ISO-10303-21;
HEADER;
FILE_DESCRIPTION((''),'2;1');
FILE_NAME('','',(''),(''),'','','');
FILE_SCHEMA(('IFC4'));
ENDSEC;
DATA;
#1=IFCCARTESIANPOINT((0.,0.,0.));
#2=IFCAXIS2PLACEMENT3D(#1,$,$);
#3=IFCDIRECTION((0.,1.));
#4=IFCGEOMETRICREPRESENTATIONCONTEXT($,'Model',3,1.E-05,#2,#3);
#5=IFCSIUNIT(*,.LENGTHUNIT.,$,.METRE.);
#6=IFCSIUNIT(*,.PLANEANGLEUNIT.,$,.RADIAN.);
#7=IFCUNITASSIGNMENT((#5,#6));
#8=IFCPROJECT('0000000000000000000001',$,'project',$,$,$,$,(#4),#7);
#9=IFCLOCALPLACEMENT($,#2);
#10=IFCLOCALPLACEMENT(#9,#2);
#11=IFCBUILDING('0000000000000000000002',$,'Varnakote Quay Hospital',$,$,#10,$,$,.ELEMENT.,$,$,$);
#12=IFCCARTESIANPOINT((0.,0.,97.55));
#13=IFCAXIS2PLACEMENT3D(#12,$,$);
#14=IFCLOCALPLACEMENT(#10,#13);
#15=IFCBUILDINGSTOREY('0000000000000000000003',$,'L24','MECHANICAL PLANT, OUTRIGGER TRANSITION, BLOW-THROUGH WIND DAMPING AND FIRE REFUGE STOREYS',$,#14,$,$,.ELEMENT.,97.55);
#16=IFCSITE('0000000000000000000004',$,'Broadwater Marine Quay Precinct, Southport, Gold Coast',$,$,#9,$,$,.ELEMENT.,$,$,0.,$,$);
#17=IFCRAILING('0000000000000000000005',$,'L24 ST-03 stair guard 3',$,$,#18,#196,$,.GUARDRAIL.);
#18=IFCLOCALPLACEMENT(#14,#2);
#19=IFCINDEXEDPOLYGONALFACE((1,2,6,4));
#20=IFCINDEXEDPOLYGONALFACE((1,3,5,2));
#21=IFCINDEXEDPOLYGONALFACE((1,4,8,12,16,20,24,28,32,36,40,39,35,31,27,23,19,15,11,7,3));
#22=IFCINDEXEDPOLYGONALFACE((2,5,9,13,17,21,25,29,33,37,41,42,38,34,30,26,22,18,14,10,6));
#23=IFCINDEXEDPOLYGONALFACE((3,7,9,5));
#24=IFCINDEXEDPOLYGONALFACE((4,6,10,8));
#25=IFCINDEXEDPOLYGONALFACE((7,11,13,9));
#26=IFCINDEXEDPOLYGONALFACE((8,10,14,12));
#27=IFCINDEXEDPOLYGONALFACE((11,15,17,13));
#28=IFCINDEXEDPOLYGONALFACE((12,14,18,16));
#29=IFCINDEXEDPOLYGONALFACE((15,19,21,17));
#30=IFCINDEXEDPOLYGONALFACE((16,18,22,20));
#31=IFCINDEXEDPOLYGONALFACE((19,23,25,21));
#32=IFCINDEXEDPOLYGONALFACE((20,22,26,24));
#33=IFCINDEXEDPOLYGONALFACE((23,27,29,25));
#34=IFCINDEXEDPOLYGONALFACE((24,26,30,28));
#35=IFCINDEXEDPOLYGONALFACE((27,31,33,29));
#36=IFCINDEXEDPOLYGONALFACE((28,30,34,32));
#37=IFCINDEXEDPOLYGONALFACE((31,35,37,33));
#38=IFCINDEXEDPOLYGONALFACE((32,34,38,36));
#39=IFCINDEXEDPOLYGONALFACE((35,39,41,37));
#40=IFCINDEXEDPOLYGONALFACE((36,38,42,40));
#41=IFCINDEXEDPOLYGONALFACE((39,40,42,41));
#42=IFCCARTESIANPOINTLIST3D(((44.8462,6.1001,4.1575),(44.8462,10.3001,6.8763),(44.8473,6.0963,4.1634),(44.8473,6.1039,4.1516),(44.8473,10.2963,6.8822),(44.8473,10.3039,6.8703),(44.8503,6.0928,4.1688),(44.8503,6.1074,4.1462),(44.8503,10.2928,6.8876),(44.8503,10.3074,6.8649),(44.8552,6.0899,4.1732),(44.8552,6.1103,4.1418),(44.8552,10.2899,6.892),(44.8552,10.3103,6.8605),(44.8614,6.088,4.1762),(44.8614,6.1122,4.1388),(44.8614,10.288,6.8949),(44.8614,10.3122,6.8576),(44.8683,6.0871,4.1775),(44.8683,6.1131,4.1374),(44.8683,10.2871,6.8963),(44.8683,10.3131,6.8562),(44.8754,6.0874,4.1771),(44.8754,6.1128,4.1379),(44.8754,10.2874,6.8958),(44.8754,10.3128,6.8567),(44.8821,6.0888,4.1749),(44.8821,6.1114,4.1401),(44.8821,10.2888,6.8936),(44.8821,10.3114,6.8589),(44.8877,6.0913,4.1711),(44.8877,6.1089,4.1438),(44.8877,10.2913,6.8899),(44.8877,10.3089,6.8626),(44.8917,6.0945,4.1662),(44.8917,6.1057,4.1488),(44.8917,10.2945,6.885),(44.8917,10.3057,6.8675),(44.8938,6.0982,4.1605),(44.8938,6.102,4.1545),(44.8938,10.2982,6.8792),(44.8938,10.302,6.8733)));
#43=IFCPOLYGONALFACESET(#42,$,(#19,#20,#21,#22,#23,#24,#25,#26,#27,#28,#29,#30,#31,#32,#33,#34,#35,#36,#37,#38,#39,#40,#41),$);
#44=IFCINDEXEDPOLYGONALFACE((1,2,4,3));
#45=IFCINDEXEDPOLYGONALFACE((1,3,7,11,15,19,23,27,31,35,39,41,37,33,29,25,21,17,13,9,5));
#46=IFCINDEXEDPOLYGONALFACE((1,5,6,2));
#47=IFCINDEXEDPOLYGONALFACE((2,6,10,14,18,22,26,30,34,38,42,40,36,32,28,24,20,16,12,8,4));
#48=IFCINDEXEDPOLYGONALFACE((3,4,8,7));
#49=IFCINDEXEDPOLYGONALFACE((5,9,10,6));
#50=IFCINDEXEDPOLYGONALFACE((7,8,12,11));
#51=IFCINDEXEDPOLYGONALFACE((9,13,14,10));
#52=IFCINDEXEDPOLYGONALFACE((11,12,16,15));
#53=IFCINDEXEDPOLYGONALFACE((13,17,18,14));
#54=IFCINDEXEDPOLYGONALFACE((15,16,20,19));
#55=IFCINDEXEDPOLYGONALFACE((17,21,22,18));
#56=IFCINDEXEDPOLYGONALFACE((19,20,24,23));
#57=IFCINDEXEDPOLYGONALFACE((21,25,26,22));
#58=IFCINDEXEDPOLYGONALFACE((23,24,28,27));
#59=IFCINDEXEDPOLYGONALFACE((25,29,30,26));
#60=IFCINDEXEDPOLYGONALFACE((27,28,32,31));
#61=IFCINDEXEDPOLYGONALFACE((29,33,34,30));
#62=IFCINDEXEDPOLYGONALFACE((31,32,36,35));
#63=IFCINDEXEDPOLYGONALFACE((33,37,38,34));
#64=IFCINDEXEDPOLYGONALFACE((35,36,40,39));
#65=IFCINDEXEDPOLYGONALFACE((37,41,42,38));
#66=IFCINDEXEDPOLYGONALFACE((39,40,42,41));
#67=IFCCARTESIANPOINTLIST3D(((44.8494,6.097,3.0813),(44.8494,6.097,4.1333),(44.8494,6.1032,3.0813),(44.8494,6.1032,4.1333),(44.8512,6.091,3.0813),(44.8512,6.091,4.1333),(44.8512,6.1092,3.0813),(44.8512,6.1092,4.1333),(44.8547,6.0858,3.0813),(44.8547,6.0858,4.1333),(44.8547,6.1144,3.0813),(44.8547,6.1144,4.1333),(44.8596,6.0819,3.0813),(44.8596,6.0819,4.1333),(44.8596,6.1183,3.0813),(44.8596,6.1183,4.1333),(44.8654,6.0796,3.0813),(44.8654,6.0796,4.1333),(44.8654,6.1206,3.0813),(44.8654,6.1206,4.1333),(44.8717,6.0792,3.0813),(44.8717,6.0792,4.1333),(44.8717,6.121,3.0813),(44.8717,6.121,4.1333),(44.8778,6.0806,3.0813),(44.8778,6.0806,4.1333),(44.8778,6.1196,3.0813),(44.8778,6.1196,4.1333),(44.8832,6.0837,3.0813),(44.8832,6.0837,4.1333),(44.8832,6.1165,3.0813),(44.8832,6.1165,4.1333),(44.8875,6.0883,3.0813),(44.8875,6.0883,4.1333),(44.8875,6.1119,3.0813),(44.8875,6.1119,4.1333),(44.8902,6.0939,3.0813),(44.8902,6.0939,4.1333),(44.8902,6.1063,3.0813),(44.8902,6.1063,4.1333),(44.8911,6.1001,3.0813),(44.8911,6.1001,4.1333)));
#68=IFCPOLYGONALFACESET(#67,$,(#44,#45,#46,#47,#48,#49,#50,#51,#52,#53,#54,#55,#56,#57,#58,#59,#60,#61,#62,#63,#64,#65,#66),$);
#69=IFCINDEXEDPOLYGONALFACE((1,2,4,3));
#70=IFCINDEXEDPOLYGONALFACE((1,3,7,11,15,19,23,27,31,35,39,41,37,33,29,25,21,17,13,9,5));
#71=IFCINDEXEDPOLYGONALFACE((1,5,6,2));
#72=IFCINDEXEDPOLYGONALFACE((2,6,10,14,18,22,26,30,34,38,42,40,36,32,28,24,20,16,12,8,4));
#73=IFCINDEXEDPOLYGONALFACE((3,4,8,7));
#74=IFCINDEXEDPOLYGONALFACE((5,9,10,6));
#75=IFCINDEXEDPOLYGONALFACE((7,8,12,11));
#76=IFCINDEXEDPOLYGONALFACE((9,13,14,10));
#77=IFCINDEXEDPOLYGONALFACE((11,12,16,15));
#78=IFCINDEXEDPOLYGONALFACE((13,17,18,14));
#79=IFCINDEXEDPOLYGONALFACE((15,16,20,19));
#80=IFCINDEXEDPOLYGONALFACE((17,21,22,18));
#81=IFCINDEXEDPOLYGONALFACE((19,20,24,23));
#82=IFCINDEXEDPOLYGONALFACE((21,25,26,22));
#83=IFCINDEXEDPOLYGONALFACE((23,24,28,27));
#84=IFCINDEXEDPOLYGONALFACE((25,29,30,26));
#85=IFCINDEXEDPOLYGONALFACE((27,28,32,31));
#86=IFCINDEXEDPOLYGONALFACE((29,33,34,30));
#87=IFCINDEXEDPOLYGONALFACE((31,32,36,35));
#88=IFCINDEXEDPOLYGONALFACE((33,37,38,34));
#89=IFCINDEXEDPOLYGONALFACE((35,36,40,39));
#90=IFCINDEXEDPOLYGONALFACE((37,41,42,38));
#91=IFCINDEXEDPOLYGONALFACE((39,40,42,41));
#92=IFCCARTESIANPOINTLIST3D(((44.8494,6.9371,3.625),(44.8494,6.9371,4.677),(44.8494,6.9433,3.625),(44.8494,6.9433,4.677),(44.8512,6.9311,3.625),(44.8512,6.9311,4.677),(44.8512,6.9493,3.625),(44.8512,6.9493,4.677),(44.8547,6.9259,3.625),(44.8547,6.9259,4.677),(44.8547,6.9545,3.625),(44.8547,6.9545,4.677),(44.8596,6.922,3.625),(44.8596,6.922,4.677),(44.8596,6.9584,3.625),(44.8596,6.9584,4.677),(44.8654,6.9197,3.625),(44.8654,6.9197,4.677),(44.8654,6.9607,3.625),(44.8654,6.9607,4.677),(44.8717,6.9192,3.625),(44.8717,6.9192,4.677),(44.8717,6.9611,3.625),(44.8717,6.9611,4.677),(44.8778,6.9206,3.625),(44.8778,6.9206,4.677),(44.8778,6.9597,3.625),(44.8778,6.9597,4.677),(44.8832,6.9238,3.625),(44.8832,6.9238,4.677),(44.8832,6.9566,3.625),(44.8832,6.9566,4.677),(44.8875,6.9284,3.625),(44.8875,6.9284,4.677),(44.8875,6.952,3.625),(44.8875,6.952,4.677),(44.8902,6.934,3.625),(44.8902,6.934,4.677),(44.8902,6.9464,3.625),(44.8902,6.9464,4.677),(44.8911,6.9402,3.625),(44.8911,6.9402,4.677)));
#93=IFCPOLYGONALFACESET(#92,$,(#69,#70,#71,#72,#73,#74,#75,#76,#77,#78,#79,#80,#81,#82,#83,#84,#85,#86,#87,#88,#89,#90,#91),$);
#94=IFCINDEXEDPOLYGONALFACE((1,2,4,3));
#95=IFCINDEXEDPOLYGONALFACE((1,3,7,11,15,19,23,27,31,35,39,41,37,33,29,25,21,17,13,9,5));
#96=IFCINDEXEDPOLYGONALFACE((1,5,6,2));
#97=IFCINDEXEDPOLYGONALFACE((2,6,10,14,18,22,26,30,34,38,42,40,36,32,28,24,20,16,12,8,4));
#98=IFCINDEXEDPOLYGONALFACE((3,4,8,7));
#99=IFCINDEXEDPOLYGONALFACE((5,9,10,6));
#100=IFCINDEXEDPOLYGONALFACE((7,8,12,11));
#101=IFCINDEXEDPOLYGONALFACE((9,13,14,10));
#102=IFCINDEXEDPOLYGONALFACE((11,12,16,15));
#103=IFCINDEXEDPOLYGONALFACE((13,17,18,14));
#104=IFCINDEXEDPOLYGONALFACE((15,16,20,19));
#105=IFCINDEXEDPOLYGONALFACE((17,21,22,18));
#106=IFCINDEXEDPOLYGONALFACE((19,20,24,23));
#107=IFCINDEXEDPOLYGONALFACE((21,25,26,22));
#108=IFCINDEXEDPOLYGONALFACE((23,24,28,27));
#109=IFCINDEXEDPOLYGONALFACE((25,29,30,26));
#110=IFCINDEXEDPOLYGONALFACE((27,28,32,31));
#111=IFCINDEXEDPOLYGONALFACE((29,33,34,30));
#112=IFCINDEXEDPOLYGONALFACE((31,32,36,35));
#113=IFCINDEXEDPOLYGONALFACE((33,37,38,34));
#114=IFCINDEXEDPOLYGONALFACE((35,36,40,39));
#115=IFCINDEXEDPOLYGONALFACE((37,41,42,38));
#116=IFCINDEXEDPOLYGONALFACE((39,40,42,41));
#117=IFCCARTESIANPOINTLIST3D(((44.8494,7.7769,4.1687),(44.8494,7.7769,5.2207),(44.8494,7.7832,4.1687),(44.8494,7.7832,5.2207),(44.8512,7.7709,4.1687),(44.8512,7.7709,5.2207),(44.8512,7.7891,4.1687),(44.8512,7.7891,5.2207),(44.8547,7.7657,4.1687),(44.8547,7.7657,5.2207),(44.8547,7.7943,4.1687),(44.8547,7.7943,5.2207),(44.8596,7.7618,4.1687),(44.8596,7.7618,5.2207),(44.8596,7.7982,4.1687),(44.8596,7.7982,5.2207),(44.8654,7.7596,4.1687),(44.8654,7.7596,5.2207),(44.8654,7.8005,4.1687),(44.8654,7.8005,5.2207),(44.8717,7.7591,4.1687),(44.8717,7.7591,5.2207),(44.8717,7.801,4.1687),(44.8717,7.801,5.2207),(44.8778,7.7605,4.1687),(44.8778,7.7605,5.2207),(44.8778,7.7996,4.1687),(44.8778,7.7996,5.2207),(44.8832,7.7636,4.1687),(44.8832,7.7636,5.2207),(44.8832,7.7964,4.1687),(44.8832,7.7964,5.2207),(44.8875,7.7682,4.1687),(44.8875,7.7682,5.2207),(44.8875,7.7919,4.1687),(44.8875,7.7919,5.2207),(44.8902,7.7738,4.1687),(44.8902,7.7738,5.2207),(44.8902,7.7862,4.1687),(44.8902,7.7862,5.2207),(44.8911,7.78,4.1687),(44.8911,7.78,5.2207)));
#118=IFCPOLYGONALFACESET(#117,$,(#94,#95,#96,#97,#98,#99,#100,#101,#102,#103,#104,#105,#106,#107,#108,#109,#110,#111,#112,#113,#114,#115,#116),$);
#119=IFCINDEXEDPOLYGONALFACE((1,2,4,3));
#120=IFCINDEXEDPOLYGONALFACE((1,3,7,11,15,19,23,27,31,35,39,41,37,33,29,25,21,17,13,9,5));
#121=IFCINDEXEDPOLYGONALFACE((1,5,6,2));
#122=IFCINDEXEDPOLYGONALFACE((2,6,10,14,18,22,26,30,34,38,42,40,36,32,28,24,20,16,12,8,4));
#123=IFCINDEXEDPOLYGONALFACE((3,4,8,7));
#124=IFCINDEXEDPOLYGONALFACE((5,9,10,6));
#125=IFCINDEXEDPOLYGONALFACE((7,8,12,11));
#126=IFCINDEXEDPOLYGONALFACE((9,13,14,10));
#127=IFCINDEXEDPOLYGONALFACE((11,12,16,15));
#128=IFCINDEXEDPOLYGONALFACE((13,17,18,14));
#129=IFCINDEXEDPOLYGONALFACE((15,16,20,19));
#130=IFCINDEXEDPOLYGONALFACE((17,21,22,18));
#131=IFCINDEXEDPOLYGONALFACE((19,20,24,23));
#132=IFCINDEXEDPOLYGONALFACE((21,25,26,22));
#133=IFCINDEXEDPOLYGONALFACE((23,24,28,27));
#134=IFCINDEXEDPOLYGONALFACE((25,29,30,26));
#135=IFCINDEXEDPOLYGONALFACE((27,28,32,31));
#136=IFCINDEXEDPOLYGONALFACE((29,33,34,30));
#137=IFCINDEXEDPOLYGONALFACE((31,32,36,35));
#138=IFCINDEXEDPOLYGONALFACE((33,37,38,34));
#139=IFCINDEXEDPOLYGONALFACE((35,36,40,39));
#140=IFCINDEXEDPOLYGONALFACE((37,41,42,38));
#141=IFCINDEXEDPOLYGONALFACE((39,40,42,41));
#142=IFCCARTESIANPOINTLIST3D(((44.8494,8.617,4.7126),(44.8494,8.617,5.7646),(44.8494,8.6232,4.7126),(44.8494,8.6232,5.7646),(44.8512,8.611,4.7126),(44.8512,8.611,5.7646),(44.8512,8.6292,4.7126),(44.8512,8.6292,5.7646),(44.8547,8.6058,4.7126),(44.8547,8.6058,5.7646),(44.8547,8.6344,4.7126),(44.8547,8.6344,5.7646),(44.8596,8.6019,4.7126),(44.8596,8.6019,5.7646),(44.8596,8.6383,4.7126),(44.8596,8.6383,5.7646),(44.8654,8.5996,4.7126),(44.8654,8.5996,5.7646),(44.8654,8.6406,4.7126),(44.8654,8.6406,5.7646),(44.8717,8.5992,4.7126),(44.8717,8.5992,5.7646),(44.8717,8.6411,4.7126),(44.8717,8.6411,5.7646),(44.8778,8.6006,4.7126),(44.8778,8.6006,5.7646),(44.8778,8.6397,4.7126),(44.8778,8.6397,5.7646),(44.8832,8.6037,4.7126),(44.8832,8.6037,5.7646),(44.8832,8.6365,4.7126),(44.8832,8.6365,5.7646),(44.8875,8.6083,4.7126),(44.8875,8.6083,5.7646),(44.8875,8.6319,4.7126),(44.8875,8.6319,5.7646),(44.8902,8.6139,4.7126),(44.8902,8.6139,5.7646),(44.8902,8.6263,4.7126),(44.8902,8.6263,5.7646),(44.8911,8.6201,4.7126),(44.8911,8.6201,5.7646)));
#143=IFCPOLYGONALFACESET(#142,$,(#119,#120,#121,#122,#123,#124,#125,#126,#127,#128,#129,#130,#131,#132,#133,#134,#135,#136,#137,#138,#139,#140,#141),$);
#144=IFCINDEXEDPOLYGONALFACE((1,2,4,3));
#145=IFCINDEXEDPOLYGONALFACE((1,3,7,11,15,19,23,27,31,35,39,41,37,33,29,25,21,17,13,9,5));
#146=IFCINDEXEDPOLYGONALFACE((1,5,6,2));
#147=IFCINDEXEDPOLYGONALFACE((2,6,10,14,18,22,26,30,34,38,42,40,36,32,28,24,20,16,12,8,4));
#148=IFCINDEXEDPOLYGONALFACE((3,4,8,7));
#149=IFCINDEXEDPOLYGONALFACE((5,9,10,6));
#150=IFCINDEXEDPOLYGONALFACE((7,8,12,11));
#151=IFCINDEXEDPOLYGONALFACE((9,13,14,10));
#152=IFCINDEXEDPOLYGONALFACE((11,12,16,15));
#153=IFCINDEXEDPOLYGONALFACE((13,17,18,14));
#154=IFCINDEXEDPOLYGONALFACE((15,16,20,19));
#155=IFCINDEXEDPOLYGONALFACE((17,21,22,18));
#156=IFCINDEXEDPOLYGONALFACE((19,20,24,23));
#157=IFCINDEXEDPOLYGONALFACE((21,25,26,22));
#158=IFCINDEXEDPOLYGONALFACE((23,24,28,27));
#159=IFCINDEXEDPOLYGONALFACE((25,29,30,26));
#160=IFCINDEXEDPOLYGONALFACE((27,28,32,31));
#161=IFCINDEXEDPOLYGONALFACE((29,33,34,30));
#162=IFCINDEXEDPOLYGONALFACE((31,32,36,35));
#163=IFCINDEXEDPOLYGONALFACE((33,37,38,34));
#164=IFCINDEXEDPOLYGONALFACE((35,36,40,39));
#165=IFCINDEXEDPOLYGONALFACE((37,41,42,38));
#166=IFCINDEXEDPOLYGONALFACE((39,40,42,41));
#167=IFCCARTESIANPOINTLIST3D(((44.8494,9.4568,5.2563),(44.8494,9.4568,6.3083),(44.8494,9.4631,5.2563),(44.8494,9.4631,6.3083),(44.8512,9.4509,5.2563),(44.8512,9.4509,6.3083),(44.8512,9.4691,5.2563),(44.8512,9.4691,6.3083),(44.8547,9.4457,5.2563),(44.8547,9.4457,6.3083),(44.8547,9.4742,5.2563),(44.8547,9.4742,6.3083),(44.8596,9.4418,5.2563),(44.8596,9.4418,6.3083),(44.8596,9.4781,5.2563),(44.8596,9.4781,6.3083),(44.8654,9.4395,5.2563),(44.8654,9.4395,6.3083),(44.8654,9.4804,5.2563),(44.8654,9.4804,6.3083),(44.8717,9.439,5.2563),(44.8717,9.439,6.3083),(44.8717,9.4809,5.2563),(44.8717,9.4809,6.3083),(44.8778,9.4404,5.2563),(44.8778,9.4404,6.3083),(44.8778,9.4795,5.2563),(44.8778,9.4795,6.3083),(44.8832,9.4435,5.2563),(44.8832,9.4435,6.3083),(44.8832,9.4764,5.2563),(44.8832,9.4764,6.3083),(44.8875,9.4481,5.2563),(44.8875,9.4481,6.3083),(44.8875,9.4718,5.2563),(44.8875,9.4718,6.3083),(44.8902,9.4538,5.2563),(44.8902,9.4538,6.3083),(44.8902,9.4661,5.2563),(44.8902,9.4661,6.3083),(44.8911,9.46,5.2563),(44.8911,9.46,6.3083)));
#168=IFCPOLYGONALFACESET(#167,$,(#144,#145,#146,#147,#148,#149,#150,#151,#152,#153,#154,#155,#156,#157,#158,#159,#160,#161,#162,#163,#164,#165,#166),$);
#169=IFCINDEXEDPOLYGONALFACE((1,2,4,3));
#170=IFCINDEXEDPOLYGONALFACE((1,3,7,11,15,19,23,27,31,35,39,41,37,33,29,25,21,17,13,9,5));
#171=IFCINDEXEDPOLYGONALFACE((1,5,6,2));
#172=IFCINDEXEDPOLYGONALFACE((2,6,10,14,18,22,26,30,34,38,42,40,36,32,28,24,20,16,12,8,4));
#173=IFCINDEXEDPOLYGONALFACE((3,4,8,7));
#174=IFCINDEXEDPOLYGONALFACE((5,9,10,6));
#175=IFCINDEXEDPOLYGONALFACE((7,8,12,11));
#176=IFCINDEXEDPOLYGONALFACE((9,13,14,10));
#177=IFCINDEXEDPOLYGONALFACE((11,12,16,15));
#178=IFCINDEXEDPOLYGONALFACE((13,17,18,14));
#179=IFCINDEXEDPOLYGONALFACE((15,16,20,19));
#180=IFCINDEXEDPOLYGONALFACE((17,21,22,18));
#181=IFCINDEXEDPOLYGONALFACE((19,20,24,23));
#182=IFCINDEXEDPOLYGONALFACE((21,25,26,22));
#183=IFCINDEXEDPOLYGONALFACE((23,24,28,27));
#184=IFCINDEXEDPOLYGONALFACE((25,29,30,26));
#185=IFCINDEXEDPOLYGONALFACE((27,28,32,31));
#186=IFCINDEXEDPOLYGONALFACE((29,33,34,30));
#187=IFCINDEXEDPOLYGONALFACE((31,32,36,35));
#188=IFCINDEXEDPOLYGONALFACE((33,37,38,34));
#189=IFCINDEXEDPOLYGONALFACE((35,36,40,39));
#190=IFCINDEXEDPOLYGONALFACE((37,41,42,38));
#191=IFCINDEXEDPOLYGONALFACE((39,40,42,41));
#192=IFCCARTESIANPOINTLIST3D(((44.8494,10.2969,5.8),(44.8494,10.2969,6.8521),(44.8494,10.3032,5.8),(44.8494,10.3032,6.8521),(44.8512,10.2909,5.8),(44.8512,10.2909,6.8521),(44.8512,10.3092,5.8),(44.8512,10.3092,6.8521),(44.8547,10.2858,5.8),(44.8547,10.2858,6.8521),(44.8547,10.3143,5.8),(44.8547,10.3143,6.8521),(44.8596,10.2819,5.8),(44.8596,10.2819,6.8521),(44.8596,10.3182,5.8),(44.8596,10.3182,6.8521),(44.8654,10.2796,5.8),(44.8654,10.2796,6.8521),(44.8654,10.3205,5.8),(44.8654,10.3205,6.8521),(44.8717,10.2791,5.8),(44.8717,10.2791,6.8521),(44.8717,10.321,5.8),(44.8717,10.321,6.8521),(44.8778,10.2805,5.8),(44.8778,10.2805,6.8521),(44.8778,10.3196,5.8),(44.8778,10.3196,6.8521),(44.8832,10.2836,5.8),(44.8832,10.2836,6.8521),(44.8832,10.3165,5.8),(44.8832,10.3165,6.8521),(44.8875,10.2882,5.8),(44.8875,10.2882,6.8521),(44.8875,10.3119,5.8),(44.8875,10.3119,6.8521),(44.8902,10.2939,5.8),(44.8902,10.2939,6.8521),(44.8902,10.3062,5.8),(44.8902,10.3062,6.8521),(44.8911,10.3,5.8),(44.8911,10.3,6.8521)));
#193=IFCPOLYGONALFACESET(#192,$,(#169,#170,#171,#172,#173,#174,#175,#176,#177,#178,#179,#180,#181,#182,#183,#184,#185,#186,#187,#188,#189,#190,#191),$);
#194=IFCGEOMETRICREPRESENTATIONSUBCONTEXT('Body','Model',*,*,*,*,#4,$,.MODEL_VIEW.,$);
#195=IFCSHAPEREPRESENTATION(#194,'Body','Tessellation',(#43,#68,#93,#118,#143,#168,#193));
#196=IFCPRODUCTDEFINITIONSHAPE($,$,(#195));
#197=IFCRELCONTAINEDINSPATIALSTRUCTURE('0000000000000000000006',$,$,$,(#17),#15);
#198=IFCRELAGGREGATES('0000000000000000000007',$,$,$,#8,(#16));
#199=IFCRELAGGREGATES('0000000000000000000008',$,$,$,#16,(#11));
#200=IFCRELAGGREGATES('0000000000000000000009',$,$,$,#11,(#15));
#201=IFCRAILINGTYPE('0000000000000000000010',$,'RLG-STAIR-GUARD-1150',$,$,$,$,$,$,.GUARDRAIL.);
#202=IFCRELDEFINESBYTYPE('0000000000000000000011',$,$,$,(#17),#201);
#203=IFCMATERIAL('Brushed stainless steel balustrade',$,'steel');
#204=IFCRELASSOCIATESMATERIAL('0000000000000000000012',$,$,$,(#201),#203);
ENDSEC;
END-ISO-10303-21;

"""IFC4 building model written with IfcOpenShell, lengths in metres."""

from ifc_helpers import new_model, si_unit, direction, frame, origin, origin_2d, place, context, subcontext, project, spatial, circle, extrude, material, type_object, element, save


model = new_model("IFC4")

# Units and contexts
model_context = context("Model", 3, precision=1e-05, world=origin(), true_north=direction((0.0, 1.0)))
body_context = subcontext(model_context, "Body", "Model", "MODEL_VIEW")
ifc_project = project(units=[si_unit("LENGTHUNIT", "METRE"), si_unit("PLANEANGLEUNIT", "RADIAN")], contexts=[model_context])

# Site, building, storey
site_placement = place(None, origin())
site = spatial("IfcSite", under=ifc_project, at=site_placement, Name="Broadwater Marine Quay Precinct, Southport, Gold Coast", CompositionType="ELEMENT", RefElevation=0.0)
building_placement = place(site_placement, origin())
building = spatial("IfcBuilding", under=site, at=building_placement, Name="Varnakote Quay Hospital", CompositionType="ELEMENT")
storey_placement = place(building_placement, frame((0.0, 0.0, 97.55)))
storey = spatial("IfcBuildingStorey", under=building, at=storey_placement, Name="L24", Description="MECHANICAL PLANT, OUTRIGGER TRANSITION, BLOW-THROUGH WIND DAMPING AND FIRE REFUGE STOREYS", CompositionType="ELEMENT", Elevation=97.55)

# Railing
ifc_material_1 = material(Name="Brushed stainless steel balustrade", Category="steel")
railing_type_1 = type_object("IfcRailingType", Name="RLG-STAIR-GUARD-1150", PredefinedType="GUARDRAIL", material=ifc_material_1)
railing_1_placement = place(storey_placement, frame((44.8701, 6.1001, 3.0813)))
element("IfcRailing", 1, at=railing_1_placement, inside=storey, type_object=railing_type_1, Name="L24 ST-03 stair guard 3", PredefinedType="GUARDRAIL", context=body_context, shape_type="SweptSolid", body=[
    extrude(circle(Radius=0.0239, at=origin_2d()), frame((0.0, 0.0, 1.0762), z_axis=(0.0, 0.839467, 0.543411), x_axis=(-1.0, 0.0, 0.0)), (0.0, 0.0, 1.0), 5.0032),
    extrude(circle(Radius=0.021, at=origin_2d()), origin(), (0.0, 0.0, 1.0), 1.052),
    extrude(circle(Radius=0.021, at=origin_2d()), frame((0.0, 0.8401, 0.5437)), (0.0, 0.0, 1.0), 1.052),
    extrude(circle(Radius=0.021, at=origin_2d()), frame((0.0, 1.6799, 1.0874)), (0.0, 0.0, 1.0), 1.052),
    extrude(circle(Radius=0.021, at=origin_2d()), frame((0.0, 2.52, 1.6313)), (0.0, 0.0, 1.0), 1.052),
    extrude(circle(Radius=0.021, at=origin_2d()), frame((0.0, 3.3599, 2.175)), (0.0, 0.0, 1.0), 1.052),
    extrude(circle(Radius=0.021, at=origin_2d()), frame((0.0, 4.2, 2.7188)), (0.0, 0.0, 1.0), 1.052),
])

save(model, "model.ifc")
